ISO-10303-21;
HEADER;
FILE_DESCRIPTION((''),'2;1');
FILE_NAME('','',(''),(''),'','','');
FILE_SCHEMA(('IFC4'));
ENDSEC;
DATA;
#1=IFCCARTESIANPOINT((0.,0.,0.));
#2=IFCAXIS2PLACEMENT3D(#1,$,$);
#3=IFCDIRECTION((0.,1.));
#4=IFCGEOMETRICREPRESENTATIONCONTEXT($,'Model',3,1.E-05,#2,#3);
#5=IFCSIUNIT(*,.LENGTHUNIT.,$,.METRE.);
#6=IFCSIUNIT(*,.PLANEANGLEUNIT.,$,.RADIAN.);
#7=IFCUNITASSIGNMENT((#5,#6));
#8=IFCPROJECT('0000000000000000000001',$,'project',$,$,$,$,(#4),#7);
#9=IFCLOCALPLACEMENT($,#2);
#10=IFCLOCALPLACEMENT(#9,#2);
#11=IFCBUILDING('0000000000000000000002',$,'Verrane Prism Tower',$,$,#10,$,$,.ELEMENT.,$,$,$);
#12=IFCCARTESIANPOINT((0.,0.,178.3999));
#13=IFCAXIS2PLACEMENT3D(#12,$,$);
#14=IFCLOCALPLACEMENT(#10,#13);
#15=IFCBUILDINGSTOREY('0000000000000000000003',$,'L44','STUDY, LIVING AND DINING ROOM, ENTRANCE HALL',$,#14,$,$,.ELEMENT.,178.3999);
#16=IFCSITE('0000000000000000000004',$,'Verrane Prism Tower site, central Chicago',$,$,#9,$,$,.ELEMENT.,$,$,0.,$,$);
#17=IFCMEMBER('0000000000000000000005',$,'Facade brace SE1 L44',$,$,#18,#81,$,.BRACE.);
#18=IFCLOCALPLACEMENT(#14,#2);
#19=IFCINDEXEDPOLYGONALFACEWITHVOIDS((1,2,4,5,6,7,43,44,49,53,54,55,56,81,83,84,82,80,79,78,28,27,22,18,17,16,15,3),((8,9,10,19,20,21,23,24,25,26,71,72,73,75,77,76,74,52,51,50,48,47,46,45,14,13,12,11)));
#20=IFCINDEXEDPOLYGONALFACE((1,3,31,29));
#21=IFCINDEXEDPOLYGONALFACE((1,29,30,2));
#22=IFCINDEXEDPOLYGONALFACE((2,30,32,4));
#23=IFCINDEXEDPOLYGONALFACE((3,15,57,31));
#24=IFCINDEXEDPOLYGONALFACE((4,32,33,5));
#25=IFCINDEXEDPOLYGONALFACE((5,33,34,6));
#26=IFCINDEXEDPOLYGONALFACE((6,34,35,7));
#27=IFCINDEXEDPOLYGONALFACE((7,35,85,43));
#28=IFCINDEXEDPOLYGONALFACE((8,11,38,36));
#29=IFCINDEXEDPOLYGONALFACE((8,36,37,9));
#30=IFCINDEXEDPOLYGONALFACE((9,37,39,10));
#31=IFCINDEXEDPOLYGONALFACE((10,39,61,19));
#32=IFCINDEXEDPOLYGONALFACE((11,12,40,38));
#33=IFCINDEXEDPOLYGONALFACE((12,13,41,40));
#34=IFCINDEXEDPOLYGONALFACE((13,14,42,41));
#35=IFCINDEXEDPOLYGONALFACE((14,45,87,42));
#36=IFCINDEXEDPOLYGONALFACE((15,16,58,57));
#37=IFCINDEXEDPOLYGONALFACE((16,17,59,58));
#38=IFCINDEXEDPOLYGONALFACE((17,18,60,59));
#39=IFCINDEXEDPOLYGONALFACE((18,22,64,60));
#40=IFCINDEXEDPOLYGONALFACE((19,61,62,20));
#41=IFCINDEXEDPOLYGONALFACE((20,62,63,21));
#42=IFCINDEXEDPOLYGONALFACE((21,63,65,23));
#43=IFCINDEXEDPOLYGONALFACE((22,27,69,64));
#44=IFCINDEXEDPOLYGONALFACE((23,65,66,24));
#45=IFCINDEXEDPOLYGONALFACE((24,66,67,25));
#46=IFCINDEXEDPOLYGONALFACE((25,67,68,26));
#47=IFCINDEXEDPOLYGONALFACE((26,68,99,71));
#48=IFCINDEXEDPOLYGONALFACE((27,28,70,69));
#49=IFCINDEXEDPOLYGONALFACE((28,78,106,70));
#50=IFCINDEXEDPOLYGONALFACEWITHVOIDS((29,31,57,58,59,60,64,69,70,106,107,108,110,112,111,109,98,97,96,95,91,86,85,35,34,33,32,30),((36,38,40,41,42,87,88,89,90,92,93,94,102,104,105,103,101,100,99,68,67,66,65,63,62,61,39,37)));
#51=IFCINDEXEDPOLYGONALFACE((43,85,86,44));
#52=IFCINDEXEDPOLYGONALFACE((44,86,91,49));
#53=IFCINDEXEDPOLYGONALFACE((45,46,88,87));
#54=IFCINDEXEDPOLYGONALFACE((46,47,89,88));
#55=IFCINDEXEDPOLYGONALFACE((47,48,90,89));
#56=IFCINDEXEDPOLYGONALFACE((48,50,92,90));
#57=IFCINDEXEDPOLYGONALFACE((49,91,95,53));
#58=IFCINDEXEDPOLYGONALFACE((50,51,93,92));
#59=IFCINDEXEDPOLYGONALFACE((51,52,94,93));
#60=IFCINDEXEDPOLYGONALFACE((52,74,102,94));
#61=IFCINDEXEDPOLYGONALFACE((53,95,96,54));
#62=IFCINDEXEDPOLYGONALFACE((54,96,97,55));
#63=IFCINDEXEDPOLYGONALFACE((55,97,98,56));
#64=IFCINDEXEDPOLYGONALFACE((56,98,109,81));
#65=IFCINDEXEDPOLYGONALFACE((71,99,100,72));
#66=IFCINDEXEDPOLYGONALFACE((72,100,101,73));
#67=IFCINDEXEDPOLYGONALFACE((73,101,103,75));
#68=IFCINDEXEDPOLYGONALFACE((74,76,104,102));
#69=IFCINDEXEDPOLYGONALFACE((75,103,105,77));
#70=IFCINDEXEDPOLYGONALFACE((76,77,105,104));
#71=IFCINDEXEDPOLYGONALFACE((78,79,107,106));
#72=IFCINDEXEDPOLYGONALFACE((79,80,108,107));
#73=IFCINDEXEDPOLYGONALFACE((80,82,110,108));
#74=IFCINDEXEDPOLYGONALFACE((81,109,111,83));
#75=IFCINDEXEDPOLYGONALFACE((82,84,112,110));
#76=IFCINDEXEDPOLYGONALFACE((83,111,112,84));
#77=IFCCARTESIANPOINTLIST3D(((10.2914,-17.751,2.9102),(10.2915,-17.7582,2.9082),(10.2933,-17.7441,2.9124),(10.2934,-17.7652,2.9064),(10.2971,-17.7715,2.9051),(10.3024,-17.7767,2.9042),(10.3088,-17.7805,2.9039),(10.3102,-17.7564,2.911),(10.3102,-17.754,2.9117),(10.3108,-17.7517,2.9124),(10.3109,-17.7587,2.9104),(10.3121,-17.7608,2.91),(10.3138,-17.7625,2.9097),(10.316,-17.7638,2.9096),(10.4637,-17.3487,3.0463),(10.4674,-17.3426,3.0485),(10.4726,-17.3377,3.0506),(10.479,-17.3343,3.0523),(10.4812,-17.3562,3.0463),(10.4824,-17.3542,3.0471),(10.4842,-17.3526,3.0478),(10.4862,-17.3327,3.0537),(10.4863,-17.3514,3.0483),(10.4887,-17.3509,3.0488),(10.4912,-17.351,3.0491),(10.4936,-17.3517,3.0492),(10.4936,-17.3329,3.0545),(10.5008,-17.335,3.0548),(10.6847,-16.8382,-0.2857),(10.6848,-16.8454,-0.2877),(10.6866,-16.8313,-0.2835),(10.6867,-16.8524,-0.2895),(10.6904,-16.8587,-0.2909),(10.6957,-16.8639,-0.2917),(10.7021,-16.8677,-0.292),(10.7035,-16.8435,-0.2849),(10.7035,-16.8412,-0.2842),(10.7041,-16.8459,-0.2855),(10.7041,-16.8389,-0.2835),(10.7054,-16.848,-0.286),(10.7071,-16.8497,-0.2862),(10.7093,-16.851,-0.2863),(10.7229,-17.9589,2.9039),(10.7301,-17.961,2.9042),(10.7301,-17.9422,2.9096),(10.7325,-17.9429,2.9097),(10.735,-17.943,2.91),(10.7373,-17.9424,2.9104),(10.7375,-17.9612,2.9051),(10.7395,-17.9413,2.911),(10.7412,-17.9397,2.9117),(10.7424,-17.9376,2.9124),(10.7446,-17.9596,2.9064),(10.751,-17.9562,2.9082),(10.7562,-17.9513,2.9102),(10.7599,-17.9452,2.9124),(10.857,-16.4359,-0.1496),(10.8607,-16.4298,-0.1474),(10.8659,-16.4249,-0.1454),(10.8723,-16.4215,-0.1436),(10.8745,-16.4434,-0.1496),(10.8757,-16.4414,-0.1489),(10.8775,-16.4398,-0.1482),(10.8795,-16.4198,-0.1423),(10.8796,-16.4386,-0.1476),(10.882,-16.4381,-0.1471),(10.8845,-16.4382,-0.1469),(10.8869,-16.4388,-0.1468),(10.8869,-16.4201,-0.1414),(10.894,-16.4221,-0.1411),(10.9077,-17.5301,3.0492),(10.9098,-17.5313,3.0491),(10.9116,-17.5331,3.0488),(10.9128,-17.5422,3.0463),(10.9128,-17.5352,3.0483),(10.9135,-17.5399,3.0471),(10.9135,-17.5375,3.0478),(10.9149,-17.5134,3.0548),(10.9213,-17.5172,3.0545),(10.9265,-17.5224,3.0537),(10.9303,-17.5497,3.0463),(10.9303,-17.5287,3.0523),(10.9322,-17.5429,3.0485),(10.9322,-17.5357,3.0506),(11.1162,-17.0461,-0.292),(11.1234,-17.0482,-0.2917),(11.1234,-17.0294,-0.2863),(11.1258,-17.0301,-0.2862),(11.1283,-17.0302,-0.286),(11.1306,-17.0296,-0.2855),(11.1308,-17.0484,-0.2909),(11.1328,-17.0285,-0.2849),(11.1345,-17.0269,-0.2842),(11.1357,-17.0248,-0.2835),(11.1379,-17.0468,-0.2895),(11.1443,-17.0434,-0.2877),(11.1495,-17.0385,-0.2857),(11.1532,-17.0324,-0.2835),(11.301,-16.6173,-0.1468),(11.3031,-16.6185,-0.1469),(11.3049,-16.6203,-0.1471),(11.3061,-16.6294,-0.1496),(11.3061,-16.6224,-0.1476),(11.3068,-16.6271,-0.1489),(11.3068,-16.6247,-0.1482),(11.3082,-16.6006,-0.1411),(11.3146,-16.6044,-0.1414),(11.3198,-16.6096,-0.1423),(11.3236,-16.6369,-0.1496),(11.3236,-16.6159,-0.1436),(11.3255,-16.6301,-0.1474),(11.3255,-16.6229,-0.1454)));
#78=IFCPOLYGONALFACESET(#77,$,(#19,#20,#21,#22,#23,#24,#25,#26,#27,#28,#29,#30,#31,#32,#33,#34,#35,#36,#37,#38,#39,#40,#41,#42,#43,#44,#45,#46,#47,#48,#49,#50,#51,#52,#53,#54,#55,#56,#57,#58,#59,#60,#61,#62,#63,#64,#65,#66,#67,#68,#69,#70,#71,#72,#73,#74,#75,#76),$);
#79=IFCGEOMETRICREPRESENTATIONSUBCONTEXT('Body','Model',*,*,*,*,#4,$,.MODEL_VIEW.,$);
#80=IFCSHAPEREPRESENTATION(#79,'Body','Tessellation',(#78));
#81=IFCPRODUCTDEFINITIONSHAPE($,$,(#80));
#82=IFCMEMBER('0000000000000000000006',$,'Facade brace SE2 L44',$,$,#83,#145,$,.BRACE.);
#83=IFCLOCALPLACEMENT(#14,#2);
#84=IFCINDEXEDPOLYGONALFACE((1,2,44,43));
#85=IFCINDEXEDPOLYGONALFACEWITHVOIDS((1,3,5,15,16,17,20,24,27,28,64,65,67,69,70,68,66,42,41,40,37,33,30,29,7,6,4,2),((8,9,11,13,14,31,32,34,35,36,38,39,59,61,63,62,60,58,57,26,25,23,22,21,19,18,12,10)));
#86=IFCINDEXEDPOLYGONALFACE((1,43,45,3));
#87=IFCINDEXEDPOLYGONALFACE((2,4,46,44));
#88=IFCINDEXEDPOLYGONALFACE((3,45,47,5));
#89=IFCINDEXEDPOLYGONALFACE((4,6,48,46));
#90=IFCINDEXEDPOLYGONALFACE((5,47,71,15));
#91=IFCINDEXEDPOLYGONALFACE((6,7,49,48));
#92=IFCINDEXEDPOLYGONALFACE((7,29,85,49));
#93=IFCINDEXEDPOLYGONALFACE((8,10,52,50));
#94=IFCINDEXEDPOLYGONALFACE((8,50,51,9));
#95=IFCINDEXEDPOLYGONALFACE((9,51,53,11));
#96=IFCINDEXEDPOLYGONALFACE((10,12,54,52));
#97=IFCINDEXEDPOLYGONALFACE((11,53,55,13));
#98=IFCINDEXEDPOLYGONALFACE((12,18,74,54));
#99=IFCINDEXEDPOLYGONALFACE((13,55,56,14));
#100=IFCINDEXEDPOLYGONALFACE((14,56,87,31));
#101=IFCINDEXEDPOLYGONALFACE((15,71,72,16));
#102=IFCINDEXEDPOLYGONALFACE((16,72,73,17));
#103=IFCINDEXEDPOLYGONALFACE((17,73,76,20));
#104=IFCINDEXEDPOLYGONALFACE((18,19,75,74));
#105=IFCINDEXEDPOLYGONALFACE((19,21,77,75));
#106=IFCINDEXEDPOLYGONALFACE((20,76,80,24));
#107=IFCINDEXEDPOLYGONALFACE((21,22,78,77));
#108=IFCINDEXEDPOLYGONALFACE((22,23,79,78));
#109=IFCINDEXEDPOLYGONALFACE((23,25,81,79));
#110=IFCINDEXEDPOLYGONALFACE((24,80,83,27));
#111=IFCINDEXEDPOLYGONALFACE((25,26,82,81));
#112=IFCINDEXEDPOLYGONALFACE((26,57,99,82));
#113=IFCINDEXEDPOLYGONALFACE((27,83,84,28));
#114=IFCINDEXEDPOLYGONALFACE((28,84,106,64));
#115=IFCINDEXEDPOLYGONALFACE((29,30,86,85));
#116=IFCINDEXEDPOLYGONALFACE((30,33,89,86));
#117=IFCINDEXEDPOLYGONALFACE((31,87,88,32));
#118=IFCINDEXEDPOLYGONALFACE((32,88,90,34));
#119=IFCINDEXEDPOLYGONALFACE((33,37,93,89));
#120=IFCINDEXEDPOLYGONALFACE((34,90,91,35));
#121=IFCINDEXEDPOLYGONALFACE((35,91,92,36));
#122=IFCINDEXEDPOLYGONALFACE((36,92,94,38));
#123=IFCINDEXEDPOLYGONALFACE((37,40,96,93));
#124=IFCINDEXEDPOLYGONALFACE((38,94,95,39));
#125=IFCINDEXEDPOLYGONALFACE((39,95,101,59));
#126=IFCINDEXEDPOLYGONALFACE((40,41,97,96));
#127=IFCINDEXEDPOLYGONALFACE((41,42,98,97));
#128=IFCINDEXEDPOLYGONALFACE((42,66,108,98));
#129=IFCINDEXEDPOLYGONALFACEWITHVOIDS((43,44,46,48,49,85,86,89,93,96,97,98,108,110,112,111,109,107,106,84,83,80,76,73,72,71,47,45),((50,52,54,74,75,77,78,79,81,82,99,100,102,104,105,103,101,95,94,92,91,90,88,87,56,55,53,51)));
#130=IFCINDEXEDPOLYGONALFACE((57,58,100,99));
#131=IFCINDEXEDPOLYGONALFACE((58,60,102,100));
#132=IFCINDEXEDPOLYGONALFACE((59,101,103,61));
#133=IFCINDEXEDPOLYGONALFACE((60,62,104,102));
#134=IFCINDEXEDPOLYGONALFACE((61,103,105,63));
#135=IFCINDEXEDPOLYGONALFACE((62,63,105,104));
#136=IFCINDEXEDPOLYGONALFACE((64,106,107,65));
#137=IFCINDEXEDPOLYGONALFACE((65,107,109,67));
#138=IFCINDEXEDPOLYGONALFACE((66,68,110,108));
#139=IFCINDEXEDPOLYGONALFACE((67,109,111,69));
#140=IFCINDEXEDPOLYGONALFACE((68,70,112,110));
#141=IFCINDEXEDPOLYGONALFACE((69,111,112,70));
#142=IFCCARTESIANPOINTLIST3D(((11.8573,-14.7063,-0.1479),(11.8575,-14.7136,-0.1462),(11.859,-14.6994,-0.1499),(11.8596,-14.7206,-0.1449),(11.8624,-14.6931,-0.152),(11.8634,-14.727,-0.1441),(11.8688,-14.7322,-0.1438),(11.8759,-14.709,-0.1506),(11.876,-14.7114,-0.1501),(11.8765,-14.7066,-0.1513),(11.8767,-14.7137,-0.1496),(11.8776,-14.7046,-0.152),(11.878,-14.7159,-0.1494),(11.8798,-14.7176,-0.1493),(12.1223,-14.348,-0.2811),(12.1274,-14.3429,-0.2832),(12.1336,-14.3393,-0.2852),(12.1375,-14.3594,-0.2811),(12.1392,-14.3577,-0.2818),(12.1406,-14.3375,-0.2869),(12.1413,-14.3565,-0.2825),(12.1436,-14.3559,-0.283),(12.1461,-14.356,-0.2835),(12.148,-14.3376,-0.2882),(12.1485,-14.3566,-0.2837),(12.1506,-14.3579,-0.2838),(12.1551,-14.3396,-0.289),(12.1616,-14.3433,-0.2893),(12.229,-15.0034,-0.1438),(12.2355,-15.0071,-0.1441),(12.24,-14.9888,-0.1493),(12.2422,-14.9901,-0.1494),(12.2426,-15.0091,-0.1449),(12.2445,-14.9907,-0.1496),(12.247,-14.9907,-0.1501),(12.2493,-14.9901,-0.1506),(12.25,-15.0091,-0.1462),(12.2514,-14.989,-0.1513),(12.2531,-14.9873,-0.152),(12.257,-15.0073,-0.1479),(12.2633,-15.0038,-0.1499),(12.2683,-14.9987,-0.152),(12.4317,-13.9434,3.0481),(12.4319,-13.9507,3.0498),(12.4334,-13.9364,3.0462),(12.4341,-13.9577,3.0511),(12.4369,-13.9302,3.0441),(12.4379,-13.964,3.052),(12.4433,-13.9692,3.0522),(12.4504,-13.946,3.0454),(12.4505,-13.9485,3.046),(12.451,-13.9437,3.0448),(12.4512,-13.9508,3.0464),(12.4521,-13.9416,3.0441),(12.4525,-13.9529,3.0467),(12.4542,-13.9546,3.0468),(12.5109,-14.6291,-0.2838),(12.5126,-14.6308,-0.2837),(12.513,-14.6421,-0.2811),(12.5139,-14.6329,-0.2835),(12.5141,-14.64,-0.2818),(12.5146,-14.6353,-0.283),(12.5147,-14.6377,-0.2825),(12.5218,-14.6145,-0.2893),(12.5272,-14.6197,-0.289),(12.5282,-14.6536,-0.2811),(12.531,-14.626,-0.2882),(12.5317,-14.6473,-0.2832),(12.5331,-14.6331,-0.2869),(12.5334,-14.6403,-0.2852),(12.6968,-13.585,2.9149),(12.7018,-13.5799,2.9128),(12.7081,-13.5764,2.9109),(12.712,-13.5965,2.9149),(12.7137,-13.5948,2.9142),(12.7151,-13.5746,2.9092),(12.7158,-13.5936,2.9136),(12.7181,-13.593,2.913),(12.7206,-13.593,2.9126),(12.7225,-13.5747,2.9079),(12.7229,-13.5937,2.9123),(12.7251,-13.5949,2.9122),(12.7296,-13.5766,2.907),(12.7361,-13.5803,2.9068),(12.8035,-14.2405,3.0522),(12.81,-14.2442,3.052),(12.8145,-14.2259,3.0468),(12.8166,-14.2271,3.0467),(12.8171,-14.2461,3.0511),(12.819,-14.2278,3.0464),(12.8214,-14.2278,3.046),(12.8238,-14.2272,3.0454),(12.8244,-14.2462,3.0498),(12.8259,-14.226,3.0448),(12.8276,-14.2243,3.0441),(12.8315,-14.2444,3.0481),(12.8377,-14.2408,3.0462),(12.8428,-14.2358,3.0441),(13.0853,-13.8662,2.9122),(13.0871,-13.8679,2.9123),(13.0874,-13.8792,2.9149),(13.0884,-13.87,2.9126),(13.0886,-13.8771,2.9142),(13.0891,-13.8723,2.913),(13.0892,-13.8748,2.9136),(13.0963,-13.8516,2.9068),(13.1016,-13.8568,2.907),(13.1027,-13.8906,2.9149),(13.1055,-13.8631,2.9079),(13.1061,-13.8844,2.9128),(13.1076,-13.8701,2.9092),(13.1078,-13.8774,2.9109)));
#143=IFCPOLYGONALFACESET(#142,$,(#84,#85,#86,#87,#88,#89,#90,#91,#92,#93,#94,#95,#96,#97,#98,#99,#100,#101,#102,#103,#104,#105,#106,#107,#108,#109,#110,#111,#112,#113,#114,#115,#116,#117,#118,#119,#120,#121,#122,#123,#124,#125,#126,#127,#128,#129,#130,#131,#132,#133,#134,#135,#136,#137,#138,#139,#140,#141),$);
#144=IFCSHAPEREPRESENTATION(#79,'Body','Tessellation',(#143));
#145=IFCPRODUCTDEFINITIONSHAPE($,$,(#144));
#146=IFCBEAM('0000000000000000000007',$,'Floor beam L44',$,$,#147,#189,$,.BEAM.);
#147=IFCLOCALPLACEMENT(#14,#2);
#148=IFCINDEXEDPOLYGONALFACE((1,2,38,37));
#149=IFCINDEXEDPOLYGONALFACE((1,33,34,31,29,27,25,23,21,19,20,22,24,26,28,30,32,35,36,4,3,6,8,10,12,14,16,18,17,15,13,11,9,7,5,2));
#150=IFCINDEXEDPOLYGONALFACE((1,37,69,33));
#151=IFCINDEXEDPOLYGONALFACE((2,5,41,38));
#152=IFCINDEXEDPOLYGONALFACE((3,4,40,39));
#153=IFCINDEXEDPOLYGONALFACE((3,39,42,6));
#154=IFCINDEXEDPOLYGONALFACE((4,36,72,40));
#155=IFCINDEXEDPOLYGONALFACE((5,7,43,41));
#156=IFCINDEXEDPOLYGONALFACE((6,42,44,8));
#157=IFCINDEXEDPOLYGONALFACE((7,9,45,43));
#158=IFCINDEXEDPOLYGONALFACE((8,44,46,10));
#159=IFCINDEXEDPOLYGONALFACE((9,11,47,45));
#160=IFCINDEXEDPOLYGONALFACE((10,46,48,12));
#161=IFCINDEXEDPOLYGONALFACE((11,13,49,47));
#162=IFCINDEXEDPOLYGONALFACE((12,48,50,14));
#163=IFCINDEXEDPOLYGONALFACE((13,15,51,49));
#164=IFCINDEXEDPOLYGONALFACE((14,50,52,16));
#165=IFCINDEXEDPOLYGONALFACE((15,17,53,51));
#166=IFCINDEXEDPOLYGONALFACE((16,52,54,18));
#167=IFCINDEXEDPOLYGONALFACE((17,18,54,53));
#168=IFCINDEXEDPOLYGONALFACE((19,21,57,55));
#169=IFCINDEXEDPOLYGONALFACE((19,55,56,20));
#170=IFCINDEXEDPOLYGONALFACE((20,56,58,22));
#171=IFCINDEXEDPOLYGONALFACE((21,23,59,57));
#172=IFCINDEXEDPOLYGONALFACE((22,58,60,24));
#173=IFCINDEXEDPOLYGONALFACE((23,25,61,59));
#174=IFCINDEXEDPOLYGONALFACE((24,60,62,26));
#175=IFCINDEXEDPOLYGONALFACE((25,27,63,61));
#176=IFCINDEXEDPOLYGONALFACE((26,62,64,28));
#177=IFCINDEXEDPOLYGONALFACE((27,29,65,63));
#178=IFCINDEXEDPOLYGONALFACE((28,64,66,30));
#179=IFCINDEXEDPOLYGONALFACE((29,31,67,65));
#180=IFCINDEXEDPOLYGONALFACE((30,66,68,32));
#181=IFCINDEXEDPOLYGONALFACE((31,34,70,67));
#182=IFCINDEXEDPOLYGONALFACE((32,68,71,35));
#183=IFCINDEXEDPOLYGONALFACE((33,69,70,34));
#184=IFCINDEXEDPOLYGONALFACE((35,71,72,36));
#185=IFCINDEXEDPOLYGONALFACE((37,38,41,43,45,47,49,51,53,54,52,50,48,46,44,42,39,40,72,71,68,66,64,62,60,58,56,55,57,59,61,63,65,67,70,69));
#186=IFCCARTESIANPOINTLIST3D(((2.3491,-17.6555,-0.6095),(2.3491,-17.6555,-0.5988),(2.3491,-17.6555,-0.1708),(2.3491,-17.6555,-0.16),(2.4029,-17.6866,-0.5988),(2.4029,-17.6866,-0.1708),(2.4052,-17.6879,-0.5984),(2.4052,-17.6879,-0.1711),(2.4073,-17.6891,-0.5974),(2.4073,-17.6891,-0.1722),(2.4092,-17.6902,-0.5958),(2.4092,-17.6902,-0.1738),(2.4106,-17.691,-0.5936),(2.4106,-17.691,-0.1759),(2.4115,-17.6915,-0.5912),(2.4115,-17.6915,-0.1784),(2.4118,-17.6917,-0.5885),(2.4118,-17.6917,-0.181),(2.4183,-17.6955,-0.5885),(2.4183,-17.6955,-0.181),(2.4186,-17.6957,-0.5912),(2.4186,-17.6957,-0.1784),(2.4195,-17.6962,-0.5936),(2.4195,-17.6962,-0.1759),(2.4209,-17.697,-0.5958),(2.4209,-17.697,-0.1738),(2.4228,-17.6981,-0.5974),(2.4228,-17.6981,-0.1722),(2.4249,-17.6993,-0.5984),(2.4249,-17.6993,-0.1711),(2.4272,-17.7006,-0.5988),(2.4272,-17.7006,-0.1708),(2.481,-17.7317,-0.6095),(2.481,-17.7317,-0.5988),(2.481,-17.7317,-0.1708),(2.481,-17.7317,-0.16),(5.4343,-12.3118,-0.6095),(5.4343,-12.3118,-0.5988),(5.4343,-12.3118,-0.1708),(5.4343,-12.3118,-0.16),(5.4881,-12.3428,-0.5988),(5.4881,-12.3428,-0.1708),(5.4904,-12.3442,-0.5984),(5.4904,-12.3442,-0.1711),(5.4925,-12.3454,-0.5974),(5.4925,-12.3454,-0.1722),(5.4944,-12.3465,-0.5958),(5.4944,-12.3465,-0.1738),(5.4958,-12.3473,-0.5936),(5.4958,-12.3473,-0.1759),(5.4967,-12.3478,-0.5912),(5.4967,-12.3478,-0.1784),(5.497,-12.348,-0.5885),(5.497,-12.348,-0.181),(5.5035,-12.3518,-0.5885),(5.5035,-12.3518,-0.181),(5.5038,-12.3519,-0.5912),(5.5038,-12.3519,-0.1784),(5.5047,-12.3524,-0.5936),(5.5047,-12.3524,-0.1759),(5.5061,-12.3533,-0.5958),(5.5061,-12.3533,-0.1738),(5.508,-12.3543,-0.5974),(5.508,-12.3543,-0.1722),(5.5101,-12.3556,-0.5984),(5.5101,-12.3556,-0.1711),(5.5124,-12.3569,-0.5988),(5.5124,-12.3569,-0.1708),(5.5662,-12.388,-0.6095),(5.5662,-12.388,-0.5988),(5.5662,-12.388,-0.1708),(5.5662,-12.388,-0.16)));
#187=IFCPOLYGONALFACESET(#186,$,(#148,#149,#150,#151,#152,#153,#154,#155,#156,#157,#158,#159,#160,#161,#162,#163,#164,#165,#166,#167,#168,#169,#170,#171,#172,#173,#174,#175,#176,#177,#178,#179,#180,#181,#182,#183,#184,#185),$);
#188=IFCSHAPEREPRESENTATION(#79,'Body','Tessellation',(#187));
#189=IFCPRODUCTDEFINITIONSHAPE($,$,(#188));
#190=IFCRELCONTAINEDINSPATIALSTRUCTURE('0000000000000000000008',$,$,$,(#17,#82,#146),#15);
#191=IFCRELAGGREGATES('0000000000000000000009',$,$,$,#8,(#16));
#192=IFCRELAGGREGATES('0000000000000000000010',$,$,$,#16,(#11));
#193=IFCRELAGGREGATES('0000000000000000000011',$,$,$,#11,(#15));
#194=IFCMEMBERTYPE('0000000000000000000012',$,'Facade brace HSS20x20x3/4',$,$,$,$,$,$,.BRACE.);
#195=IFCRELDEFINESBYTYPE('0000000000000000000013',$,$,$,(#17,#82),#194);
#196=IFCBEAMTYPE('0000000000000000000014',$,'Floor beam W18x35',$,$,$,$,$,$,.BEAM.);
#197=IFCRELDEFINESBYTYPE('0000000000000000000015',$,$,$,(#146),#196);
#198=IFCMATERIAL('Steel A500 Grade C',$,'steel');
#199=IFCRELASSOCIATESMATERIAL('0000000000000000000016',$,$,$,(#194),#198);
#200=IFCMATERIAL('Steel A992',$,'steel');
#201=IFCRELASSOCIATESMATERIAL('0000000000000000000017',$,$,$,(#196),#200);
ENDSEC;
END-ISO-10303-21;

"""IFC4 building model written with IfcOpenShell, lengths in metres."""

from ifc_helpers import new_model, si_unit, direction, frame, origin, origin_2d, place, context, subcontext, project, spatial, hollow_rectangle, i_section, extrude, material, material_profile, profile_set, type_object, element, save


model = new_model("IFC4")

# Units and contexts
model_context = context("Model", 3, precision=1e-05, world=origin(), true_north=direction((0.0, 1.0)))
body_context = subcontext(model_context, "Body", "Model", "MODEL_VIEW")
ifc_project = project(units=[si_unit("LENGTHUNIT", "METRE"), si_unit("PLANEANGLEUNIT", "RADIAN")], contexts=[model_context])

# Site, building, storey
site_placement = place(None, origin())
site = spatial("IfcSite", under=ifc_project, at=site_placement, Name="Verrane Prism Tower site, central Chicago", CompositionType="ELEMENT", RefElevation=0.0)
building_placement = place(site_placement, origin())
building = spatial("IfcBuilding", under=site, at=building_placement, Name="Verrane Prism Tower", CompositionType="ELEMENT")
storey_placement = place(building_placement, frame((0.0, 0.0, 178.3999)))
storey = spatial("IfcBuildingStorey", under=building, at=storey_placement, Name="L44", Description="STUDY, LIVING AND DINING ROOM, ENTRANCE HALL", CompositionType="ELEMENT", Elevation=178.3999)

# Members
ifc_material_1 = material(Name="Steel A500 Grade C", Category="steel")
ifc_material_profile_1 = material_profile(ifc_material_1, hollow_rectangle(XDim=0.5081, YDim=0.5081, WallThickness=0.019, InnerFilletRadius=0.0095, OuterFilletRadius=0.0286, at=origin_2d()), Name="HSS20x20x3/4")
ifc_profile_set_1 = profile_set([ifc_material_profile_1], Name="Steel A500 Grade C")
member_type_1 = type_object("IfcMemberType", Name="Facade brace HSS20x20x3/4", PredefinedType="BRACE", material=ifc_profile_set_1)
member_1_placement = place(storey_placement, frame((11.0051, -16.7341, -0.2166), z_axis=(-0.11751, -0.272731, 0.954887), x_axis=(0.918381, -0.395697, 0.0)))
element("IfcMember", 1, at=member_1_placement, inside=storey, type_object=member_type_1, Name="Facade brace SE1 L44", PredefinedType="BRACE", context=body_context, shape_type="SweptSolid", body=[
    extrude(hollow_rectangle(XDim=0.5081, YDim=0.5081, WallThickness=0.019, InnerFilletRadius=0.0095, OuterFilletRadius=0.0286, at=origin_2d()), origin(), (0.0, 0.0, 1.0), 3.3469),
])
member_2_placement = place(storey_placement, frame((12.1953, -14.6733, -0.2166), z_axis=(0.172217, 0.228721, 0.958138), x_axis=(-0.798864, 0.601512, 0.0)))
element("IfcMember", 2, at=member_2_placement, inside=storey, type_object=member_type_1, Name="Facade brace SE2 L44", PredefinedType="BRACE", context=body_context, shape_type="SweptSolid", body=[
    extrude(hollow_rectangle(XDim=0.5081, YDim=0.5081, WallThickness=0.019, InnerFilletRadius=0.0095, OuterFilletRadius=0.0286, at=origin_2d()), origin(), (0.0, 0.0, 1.0), 3.3357),
])

# Beam
ifc_material_2 = material(Name="Steel A992", Category="steel")
ifc_material_profile_2 = material_profile(ifc_material_2, i_section(OverallWidth=0.1523, OverallDepth=0.4495, WebThickness=0.0076, FlangeThickness=0.0107, FilletRadius=0.0103, at=origin_2d()), Name="W18x35")
ifc_profile_set_2 = profile_set([ifc_material_profile_2], Name="Steel A992")
beam_type_1 = type_object("IfcBeamType", Name="Floor beam W18x35", PredefinedType="BEAM", material=ifc_profile_set_2)
beam_1_placement = place(storey_placement, frame((2.415, -17.6936, -0.3848), z_axis=(0.499999, 0.866026, 0.0), x_axis=(-0.866026, 0.499999, 0.0)))
element("IfcBeam", 3, at=beam_1_placement, inside=storey, type_object=beam_type_1, Name="Floor beam L44", PredefinedType="BEAM", context=body_context, shape_type="SweptSolid", body=[
    extrude(i_section(OverallWidth=0.1523, OverallDepth=0.4495, WebThickness=0.0076, FlangeThickness=0.0107, FilletRadius=0.0103, at=origin_2d()), origin(), (0.0, 0.0, 1.0), 6.1704),
])

save(model, "model.ifc")
